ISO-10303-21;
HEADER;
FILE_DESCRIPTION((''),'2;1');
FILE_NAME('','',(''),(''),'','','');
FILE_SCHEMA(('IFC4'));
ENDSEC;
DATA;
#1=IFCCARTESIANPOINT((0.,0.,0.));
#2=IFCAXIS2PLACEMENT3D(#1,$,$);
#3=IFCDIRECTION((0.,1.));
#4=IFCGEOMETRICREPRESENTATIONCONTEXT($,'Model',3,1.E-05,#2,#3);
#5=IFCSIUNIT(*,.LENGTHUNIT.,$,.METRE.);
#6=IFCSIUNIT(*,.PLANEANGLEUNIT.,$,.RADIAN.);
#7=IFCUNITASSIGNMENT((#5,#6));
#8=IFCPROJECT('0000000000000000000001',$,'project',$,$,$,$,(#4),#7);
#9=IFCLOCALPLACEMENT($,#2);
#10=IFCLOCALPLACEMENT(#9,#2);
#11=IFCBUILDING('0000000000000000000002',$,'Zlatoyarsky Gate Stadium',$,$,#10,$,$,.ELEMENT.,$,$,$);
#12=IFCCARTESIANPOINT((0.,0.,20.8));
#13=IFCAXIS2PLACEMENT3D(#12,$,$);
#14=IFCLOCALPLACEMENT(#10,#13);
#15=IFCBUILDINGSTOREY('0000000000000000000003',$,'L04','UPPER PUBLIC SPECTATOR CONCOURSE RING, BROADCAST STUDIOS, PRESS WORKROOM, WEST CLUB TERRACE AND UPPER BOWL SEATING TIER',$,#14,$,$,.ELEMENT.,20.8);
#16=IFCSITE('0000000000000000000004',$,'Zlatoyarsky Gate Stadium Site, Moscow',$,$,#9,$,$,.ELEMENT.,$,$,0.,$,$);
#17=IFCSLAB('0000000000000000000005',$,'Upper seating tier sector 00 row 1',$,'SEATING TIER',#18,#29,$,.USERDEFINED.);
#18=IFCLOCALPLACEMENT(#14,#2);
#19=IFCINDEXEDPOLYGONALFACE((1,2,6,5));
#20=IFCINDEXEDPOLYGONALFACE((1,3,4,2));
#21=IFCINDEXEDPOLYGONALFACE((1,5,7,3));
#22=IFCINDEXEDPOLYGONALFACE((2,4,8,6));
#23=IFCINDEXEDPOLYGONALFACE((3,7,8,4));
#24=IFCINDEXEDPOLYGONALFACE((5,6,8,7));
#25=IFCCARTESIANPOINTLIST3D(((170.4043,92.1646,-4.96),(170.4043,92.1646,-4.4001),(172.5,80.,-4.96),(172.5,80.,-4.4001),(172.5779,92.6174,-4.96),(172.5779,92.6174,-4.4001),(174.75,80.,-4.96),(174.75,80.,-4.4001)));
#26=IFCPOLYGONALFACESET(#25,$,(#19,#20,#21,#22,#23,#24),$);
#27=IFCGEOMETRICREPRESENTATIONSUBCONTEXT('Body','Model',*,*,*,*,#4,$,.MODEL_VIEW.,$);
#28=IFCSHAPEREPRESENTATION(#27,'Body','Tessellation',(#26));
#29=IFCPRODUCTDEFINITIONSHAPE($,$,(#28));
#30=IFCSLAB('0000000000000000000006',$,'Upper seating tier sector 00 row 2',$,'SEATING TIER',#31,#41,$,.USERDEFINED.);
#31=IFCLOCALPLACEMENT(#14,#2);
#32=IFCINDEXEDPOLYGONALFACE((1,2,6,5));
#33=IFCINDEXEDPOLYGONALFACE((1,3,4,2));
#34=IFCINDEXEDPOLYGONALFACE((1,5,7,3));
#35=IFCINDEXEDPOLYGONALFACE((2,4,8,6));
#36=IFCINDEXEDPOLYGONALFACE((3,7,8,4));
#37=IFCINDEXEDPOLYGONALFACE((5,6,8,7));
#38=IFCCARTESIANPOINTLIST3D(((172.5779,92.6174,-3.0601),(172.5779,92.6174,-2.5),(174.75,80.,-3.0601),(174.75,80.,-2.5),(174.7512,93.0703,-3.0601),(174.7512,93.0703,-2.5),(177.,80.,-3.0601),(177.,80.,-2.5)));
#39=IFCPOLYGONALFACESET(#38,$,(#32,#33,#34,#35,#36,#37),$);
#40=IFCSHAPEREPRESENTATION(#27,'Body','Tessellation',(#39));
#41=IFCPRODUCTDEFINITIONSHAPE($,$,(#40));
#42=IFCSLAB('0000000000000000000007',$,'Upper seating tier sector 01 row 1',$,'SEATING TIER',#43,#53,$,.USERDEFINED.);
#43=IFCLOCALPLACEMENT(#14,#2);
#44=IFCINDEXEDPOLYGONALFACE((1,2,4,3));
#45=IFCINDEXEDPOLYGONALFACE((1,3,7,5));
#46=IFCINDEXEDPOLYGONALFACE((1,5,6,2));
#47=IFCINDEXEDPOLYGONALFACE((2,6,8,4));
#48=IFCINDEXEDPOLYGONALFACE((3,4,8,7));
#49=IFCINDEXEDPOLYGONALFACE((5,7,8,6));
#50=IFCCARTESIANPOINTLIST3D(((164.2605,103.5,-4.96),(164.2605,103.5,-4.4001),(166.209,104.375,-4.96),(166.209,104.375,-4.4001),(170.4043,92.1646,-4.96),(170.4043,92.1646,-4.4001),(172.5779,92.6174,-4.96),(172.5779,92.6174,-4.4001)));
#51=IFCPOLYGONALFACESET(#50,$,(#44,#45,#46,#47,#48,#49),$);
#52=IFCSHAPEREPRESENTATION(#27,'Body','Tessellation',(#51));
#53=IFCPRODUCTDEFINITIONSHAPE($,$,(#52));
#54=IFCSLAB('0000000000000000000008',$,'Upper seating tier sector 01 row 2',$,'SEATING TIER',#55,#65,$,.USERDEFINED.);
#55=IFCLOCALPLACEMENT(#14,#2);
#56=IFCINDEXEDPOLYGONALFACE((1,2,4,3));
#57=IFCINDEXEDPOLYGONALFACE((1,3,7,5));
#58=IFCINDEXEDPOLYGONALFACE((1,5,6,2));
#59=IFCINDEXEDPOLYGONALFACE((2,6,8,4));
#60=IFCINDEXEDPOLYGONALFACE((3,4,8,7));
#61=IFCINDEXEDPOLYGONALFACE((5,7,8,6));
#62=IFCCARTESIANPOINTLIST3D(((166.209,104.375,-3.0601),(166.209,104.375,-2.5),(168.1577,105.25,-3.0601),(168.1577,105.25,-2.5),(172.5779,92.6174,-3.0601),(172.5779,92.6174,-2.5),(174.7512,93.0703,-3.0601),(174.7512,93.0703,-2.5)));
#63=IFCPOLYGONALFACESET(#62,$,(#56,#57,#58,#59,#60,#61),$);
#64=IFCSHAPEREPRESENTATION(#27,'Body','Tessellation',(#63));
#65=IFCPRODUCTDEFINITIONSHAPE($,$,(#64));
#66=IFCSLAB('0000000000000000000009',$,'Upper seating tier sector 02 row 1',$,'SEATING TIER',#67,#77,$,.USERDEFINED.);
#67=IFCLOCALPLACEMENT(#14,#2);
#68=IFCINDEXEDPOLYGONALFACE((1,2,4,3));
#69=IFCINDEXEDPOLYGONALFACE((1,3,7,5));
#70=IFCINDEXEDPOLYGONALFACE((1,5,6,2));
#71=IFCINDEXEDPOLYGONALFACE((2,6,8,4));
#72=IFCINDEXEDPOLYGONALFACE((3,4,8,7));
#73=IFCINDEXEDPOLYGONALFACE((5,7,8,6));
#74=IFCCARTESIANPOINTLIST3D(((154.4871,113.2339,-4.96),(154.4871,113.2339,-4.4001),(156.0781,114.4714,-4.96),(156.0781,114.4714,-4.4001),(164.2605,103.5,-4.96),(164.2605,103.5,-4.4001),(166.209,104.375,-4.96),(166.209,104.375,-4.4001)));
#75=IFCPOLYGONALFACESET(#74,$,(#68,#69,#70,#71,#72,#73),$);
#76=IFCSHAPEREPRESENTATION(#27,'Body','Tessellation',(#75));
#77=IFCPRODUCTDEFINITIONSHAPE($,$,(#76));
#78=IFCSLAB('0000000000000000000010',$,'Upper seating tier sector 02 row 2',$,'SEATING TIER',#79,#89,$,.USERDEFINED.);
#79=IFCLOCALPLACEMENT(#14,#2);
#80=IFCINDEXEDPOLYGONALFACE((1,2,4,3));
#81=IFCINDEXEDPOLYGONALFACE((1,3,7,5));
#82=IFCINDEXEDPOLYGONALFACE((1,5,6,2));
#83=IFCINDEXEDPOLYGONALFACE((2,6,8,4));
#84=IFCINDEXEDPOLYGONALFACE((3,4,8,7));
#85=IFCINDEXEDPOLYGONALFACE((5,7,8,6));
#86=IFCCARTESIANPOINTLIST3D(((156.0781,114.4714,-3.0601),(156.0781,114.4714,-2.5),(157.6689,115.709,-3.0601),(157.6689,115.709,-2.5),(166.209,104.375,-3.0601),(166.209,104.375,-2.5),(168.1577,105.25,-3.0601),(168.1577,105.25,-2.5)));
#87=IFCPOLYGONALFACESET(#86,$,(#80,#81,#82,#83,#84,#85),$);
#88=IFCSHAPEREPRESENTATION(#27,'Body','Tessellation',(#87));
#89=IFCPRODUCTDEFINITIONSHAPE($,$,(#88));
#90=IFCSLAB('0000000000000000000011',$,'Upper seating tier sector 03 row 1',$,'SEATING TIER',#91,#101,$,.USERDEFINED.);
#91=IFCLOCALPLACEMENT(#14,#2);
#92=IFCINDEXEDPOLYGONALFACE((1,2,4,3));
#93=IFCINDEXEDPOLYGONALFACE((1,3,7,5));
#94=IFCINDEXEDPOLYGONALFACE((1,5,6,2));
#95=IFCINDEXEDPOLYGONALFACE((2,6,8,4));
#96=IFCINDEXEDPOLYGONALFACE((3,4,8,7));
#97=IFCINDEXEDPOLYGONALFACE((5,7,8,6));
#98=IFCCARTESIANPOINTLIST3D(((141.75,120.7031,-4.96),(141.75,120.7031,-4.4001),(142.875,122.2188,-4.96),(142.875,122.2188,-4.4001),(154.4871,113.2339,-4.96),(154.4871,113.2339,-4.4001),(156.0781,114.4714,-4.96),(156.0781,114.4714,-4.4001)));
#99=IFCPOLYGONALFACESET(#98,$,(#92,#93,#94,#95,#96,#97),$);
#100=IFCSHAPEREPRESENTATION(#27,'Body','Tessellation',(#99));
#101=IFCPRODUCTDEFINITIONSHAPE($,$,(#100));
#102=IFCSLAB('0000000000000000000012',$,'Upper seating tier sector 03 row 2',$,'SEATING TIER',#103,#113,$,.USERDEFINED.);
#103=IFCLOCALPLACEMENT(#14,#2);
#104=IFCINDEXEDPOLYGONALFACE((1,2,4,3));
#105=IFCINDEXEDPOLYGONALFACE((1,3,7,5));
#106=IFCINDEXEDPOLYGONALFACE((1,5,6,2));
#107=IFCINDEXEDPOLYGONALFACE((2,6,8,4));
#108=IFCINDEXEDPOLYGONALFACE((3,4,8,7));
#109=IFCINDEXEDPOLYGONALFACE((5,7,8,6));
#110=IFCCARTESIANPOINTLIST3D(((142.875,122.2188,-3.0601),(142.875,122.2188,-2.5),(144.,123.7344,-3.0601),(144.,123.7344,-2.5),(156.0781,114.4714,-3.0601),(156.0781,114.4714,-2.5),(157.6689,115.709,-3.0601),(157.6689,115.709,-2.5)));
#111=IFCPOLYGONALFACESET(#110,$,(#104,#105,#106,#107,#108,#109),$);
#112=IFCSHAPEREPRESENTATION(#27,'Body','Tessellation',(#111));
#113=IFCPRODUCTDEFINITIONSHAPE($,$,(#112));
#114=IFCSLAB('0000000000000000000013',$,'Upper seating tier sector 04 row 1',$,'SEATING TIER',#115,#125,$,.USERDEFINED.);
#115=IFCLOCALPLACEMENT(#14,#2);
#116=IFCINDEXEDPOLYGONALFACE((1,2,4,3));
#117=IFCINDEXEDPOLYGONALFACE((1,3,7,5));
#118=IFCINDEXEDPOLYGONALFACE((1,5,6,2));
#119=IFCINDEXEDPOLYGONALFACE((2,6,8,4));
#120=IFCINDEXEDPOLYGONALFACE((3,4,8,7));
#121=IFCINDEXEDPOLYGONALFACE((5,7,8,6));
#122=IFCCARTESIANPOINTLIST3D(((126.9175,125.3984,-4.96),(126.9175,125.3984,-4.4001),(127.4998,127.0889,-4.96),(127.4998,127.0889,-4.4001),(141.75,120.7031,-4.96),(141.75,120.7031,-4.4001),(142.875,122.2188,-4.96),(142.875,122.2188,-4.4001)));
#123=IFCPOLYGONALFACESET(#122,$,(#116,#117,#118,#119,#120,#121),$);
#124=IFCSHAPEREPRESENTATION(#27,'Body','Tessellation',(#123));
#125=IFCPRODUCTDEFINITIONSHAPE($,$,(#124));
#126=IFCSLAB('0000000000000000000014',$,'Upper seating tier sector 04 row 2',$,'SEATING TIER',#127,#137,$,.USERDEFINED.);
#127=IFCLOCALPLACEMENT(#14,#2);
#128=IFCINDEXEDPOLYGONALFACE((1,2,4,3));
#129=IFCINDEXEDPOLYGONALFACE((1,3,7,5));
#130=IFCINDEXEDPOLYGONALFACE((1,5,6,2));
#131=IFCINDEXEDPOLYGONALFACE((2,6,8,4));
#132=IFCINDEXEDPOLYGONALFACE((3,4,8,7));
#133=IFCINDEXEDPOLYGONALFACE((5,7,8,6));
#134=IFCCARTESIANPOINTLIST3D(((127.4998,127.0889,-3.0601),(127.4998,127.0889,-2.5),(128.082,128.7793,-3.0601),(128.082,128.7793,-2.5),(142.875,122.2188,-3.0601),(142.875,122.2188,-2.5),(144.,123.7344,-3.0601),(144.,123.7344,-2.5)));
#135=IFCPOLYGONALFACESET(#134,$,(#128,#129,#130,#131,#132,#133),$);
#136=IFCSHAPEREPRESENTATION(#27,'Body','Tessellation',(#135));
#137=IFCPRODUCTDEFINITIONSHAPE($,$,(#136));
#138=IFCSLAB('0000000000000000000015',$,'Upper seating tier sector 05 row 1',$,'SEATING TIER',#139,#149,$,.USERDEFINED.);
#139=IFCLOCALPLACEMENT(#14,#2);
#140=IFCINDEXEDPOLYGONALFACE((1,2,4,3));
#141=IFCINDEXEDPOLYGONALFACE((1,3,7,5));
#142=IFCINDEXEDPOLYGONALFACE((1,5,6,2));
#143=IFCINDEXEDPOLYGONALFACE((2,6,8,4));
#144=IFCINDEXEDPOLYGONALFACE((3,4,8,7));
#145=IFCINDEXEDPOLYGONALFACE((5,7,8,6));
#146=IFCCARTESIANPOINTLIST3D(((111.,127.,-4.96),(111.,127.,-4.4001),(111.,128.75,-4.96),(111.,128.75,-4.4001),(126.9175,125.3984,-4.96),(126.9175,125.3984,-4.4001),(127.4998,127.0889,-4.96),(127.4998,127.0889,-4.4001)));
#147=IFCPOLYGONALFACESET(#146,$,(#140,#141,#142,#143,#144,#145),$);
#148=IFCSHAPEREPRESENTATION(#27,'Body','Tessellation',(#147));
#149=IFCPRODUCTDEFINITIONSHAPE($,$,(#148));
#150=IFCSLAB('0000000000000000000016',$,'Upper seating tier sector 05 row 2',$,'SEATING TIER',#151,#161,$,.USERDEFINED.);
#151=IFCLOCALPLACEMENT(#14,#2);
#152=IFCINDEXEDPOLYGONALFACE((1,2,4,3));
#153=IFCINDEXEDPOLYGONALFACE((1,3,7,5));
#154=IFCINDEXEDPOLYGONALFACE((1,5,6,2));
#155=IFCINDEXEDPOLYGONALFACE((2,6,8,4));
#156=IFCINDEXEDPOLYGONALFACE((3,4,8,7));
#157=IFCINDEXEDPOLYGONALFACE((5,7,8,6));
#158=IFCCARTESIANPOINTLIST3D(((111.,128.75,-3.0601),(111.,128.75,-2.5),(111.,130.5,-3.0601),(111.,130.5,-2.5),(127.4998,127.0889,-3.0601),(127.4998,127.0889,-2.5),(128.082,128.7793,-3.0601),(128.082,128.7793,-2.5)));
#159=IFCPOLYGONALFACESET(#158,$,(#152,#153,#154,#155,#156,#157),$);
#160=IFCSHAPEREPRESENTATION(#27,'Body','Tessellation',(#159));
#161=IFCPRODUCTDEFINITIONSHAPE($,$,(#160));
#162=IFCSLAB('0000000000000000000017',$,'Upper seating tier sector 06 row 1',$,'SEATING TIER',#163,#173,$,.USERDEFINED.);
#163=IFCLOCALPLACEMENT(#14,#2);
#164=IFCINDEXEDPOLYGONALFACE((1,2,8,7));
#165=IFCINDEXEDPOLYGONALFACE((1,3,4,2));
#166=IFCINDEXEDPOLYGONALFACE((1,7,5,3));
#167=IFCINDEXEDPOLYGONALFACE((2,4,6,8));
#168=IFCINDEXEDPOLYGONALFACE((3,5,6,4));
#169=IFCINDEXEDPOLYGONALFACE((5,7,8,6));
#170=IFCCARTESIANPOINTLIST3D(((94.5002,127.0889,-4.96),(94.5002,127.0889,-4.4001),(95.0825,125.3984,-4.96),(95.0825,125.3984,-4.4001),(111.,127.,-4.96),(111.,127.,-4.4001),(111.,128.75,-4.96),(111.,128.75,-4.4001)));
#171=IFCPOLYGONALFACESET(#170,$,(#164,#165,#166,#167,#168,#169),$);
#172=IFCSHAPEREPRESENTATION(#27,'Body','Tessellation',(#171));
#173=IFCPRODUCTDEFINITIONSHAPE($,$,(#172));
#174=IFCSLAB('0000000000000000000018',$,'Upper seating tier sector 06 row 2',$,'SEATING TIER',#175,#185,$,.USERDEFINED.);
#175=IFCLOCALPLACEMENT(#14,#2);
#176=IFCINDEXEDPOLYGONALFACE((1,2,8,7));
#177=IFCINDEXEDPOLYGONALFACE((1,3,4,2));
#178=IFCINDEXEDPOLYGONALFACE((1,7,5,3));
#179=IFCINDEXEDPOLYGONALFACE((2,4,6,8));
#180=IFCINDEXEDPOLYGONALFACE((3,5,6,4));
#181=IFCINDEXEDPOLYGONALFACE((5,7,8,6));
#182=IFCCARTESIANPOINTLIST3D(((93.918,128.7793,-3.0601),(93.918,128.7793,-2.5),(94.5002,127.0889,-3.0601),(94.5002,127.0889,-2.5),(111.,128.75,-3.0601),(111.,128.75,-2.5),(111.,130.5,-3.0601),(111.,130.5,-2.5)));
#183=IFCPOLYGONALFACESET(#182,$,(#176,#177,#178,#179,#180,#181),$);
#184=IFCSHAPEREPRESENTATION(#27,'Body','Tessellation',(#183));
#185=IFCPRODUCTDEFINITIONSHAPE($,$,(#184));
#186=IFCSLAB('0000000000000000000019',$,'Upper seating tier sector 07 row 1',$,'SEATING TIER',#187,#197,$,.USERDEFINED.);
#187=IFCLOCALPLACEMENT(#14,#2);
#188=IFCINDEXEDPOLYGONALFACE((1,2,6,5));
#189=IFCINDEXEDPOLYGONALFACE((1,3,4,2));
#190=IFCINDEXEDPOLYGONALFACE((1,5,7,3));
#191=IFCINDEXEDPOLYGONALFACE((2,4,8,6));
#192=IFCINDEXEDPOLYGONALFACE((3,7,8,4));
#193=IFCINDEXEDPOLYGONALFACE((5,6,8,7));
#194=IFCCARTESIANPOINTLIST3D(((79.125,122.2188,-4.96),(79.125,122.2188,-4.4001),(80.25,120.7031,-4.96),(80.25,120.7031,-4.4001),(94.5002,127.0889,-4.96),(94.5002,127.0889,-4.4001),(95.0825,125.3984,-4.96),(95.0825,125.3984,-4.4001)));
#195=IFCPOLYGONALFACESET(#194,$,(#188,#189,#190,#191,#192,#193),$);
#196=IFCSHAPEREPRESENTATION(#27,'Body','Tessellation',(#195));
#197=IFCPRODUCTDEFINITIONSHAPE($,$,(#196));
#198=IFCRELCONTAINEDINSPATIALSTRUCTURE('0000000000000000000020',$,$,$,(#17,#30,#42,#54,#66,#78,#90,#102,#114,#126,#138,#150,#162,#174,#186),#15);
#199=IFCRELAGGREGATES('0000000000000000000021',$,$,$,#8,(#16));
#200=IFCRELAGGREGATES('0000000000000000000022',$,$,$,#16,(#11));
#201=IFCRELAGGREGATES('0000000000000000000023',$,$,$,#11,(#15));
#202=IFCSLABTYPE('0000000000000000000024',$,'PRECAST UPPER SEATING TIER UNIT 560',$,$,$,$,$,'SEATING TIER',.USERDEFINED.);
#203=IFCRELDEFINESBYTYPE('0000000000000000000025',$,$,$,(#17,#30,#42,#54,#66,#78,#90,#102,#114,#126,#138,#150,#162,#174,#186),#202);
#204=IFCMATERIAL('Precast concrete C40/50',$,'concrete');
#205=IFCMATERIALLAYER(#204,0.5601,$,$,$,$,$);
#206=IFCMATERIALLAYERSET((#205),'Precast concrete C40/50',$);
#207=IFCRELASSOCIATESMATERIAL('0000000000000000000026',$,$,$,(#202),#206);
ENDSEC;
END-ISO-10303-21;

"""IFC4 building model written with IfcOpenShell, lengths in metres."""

from ifc_helpers import new_model, si_unit, direction, frame, origin, place, context, subcontext, project, spatial, polyline, outline, extrude, material, layer, layer_set, type_object, element, save


model = new_model("IFC4")

# Units and contexts
model_context = context("Model", 3, precision=1e-05, world=origin(), true_north=direction((0.0, 1.0)))
body_context = subcontext(model_context, "Body", "Model", "MODEL_VIEW")
ifc_project = project(units=[si_unit("LENGTHUNIT", "METRE"), si_unit("PLANEANGLEUNIT", "RADIAN")], contexts=[model_context])

# Site, building, storey
site_placement = place(None, origin())
site = spatial("IfcSite", under=ifc_project, at=site_placement, Name="Zlatoyarsky Gate Stadium Site, Moscow", CompositionType="ELEMENT", RefElevation=0.0)
building_placement = place(site_placement, origin())
building = spatial("IfcBuilding", under=site, at=building_placement, Name="Zlatoyarsky Gate Stadium", CompositionType="ELEMENT")
storey_placement = place(building_placement, frame((0.0, 0.0, 20.8)))
storey = spatial("IfcBuildingStorey", under=building, at=storey_placement, Name="L04", Description="UPPER PUBLIC SPECTATOR CONCOURSE RING, BROADCAST STUDIOS, PRESS WORKROOM, WEST CLUB TERRACE AND UPPER BOWL SEATING TIER", CompositionType="ELEMENT", Elevation=20.8)

# Slabs
ifc_material = material(Name="Precast concrete C40/50", Category="concrete")
ifc_layer = layer(ifc_material, 0.5601)
ifc_layer_set = layer_set([ifc_layer], Name="Precast concrete C40/50")
slab_type = type_object("IfcSlabType", Name="PRECAST UPPER SEATING TIER UNIT 560", ElementType="SEATING TIER", PredefinedType="USERDEFINED", material=ifc_layer_set)
slab_1_placement = place(storey_placement, frame((0.0, 0.0, -4.96)))
element("IfcSlab", 1, at=slab_1_placement, inside=storey, type_object=slab_type, Name="Upper seating tier sector 00 row 1", ObjectType="SEATING TIER", PredefinedType="USERDEFINED", context=body_context, shape_type="SweptSolid", body=[
    extrude(outline(polyline([(172.5, 80.0), (174.75, 80.0), (172.5779, 92.6174), (170.4043, 92.1646), (172.5, 80.0)])), origin(), (0.0, 0.0, 1.0), 0.5598),
])
slab_2_placement = place(storey_placement, frame((0.0, 0.0, -3.0601)))
element("IfcSlab", 2, at=slab_2_placement, inside=storey, type_object=slab_type, Name="Upper seating tier sector 00 row 2", ObjectType="SEATING TIER", PredefinedType="USERDEFINED", context=body_context, shape_type="SweptSolid", body=[
    extrude(outline(polyline([(174.75, 80.0), (177.0, 80.0), (174.7512, 93.0703), (172.5779, 92.6174), (174.75, 80.0)])), origin(), (0.0, 0.0, 1.0), 0.5601),
])
slab_3_placement = place(storey_placement, frame((0.0, 0.0, -4.96)))
element("IfcSlab", 3, at=slab_3_placement, inside=storey, type_object=slab_type, Name="Upper seating tier sector 01 row 1", ObjectType="SEATING TIER", PredefinedType="USERDEFINED", context=body_context, shape_type="SweptSolid", body=[
    extrude(outline(polyline([(170.4043, 92.1646), (172.5779, 92.6174), (166.209, 104.375), (164.2605, 103.5), (170.4043, 92.1646)])), origin(), (0.0, 0.0, 1.0), 0.5598),
])
slab_4_placement = place(storey_placement, frame((0.0, 0.0, -3.0601)))
element("IfcSlab", 4, at=slab_4_placement, inside=storey, type_object=slab_type, Name="Upper seating tier sector 01 row 2", ObjectType="SEATING TIER", PredefinedType="USERDEFINED", context=body_context, shape_type="SweptSolid", body=[
    extrude(outline(polyline([(172.5779, 92.6174), (174.7512, 93.0703), (168.1577, 105.25), (166.209, 104.375), (172.5779, 92.6174)])), origin(), (0.0, 0.0, 1.0), 0.5601),
])
slab_5_placement = place(storey_placement, frame((0.0, 0.0, -4.96)))
element("IfcSlab", 5, at=slab_5_placement, inside=storey, type_object=slab_type, Name="Upper seating tier sector 02 row 1", ObjectType="SEATING TIER", PredefinedType="USERDEFINED", context=body_context, shape_type="SweptSolid", body=[
    extrude(outline(polyline([(164.2605, 103.5), (166.209, 104.375), (156.0781, 114.4714), (154.4871, 113.2339), (164.2605, 103.5)])), origin(), (0.0, 0.0, 1.0), 0.5598),
])
slab_6_placement = place(storey_placement, frame((0.0, 0.0, -3.0601)))
element("IfcSlab", 6, at=slab_6_placement, inside=storey, type_object=slab_type, Name="Upper seating tier sector 02 row 2", ObjectType="SEATING TIER", PredefinedType="USERDEFINED", context=body_context, shape_type="SweptSolid", body=[
    extrude(outline(polyline([(166.209, 104.375), (168.1577, 105.25), (157.6689, 115.709), (156.0781, 114.4714), (166.209, 104.375)])), origin(), (0.0, 0.0, 1.0), 0.5601),
])
slab_7_placement = place(storey_placement, frame((0.0, 0.0, -4.96)))
element("IfcSlab", 7, at=slab_7_placement, inside=storey, type_object=slab_type, Name="Upper seating tier sector 03 row 1", ObjectType="SEATING TIER", PredefinedType="USERDEFINED", context=body_context, shape_type="SweptSolid", body=[
    extrude(outline(polyline([(154.4871, 113.2339), (156.0781, 114.4714), (142.875, 122.2188), (141.75, 120.7031), (154.4871, 113.2339)])), origin(), (0.0, 0.0, 1.0), 0.5598),
])
slab_8_placement = place(storey_placement, frame((0.0, 0.0, -3.0601)))
element("IfcSlab", 8, at=slab_8_placement, inside=storey, type_object=slab_type, Name="Upper seating tier sector 03 row 2", ObjectType="SEATING TIER", PredefinedType="USERDEFINED", context=body_context, shape_type="SweptSolid", body=[
    extrude(outline(polyline([(156.0781, 114.4714), (157.6689, 115.709), (144.0, 123.7344), (142.875, 122.2188), (156.0781, 114.4714)])), origin(), (0.0, 0.0, 1.0), 0.5601),
])
slab_9_placement = place(storey_placement, frame((0.0, 0.0, -4.96)))
element("IfcSlab", 9, at=slab_9_placement, inside=storey, type_object=slab_type, Name="Upper seating tier sector 04 row 1", ObjectType="SEATING TIER", PredefinedType="USERDEFINED", context=body_context, shape_type="SweptSolid", body=[
    extrude(outline(polyline([(141.75, 120.7031), (142.875, 122.2188), (127.4998, 127.0889), (126.9175, 125.3984), (141.75, 120.7031)])), origin(), (0.0, 0.0, 1.0), 0.5598),
])
slab_10_placement = place(storey_placement, frame((0.0, 0.0, -3.0601)))
element("IfcSlab", 10, at=slab_10_placement, inside=storey, type_object=slab_type, Name="Upper seating tier sector 04 row 2", ObjectType="SEATING TIER", PredefinedType="USERDEFINED", context=body_context, shape_type="SweptSolid", body=[
    extrude(outline(polyline([(142.875, 122.2188), (144.0, 123.7344), (128.082, 128.7793), (127.4998, 127.0889), (142.875, 122.2188)])), origin(), (0.0, 0.0, 1.0), 0.5601),
])
slab_11_placement = place(storey_placement, frame((0.0, 0.0, -4.96)))
element("IfcSlab", 11, at=slab_11_placement, inside=storey, type_object=slab_type, Name="Upper seating tier sector 05 row 1", ObjectType="SEATING TIER", PredefinedType="USERDEFINED", context=body_context, shape_type="SweptSolid", body=[
    extrude(outline(polyline([(126.9175, 125.3984), (127.4998, 127.0889), (111.0, 128.75), (111.0, 127.0), (126.9175, 125.3984)])), origin(), (0.0, 0.0, 1.0), 0.5598),
])
slab_12_placement = place(storey_placement, frame((0.0, 0.0, -3.0601)))
element("IfcSlab", 12, at=slab_12_placement, inside=storey, type_object=slab_type, Name="Upper seating tier sector 05 row 2", ObjectType="SEATING TIER", PredefinedType="USERDEFINED", context=body_context, shape_type="SweptSolid", body=[
    extrude(outline(polyline([(127.4998, 127.0889), (128.082, 128.7793), (111.0, 130.5), (111.0, 128.75), (127.4998, 127.0889)])), origin(), (0.0, 0.0, 1.0), 0.5601),
])
slab_13_placement = place(storey_placement, frame((0.0, 0.0, -4.96)))
element("IfcSlab", 13, at=slab_13_placement, inside=storey, type_object=slab_type, Name="Upper seating tier sector 06 row 1", ObjectType="SEATING TIER", PredefinedType="USERDEFINED", context=body_context, shape_type="SweptSolid", body=[
    extrude(outline(polyline([(111.0, 127.0), (111.0, 128.75), (94.5002, 127.0889), (95.0825, 125.3984), (111.0, 127.0)])), origin(), (0.0, 0.0, 1.0), 0.5598),
])
slab_14_placement = place(storey_placement, frame((0.0, 0.0, -3.0601)))
element("IfcSlab", 14, at=slab_14_placement, inside=storey, type_object=slab_type, Name="Upper seating tier sector 06 row 2", ObjectType="SEATING TIER", PredefinedType="USERDEFINED", context=body_context, shape_type="SweptSolid", body=[
    extrude(outline(polyline([(111.0, 128.75), (111.0, 130.5), (93.918, 128.7793), (94.5002, 127.0889), (111.0, 128.75)])), origin(), (0.0, 0.0, 1.0), 0.5601),
])
slab_15_placement = place(storey_placement, frame((0.0, 0.0, -4.96)))
element("IfcSlab", 15, at=slab_15_placement, inside=storey, type_object=slab_type, Name="Upper seating tier sector 07 row 1", ObjectType="SEATING TIER", PredefinedType="USERDEFINED", context=body_context, shape_type="SweptSolid", body=[
    extrude(outline(polyline([(95.0825, 125.3984), (94.5002, 127.0889), (79.125, 122.2188), (80.25, 120.7031), (95.0825, 125.3984)])), origin(), (0.0, 0.0, 1.0), 0.5598),
])

save(model, "model.ifc")
